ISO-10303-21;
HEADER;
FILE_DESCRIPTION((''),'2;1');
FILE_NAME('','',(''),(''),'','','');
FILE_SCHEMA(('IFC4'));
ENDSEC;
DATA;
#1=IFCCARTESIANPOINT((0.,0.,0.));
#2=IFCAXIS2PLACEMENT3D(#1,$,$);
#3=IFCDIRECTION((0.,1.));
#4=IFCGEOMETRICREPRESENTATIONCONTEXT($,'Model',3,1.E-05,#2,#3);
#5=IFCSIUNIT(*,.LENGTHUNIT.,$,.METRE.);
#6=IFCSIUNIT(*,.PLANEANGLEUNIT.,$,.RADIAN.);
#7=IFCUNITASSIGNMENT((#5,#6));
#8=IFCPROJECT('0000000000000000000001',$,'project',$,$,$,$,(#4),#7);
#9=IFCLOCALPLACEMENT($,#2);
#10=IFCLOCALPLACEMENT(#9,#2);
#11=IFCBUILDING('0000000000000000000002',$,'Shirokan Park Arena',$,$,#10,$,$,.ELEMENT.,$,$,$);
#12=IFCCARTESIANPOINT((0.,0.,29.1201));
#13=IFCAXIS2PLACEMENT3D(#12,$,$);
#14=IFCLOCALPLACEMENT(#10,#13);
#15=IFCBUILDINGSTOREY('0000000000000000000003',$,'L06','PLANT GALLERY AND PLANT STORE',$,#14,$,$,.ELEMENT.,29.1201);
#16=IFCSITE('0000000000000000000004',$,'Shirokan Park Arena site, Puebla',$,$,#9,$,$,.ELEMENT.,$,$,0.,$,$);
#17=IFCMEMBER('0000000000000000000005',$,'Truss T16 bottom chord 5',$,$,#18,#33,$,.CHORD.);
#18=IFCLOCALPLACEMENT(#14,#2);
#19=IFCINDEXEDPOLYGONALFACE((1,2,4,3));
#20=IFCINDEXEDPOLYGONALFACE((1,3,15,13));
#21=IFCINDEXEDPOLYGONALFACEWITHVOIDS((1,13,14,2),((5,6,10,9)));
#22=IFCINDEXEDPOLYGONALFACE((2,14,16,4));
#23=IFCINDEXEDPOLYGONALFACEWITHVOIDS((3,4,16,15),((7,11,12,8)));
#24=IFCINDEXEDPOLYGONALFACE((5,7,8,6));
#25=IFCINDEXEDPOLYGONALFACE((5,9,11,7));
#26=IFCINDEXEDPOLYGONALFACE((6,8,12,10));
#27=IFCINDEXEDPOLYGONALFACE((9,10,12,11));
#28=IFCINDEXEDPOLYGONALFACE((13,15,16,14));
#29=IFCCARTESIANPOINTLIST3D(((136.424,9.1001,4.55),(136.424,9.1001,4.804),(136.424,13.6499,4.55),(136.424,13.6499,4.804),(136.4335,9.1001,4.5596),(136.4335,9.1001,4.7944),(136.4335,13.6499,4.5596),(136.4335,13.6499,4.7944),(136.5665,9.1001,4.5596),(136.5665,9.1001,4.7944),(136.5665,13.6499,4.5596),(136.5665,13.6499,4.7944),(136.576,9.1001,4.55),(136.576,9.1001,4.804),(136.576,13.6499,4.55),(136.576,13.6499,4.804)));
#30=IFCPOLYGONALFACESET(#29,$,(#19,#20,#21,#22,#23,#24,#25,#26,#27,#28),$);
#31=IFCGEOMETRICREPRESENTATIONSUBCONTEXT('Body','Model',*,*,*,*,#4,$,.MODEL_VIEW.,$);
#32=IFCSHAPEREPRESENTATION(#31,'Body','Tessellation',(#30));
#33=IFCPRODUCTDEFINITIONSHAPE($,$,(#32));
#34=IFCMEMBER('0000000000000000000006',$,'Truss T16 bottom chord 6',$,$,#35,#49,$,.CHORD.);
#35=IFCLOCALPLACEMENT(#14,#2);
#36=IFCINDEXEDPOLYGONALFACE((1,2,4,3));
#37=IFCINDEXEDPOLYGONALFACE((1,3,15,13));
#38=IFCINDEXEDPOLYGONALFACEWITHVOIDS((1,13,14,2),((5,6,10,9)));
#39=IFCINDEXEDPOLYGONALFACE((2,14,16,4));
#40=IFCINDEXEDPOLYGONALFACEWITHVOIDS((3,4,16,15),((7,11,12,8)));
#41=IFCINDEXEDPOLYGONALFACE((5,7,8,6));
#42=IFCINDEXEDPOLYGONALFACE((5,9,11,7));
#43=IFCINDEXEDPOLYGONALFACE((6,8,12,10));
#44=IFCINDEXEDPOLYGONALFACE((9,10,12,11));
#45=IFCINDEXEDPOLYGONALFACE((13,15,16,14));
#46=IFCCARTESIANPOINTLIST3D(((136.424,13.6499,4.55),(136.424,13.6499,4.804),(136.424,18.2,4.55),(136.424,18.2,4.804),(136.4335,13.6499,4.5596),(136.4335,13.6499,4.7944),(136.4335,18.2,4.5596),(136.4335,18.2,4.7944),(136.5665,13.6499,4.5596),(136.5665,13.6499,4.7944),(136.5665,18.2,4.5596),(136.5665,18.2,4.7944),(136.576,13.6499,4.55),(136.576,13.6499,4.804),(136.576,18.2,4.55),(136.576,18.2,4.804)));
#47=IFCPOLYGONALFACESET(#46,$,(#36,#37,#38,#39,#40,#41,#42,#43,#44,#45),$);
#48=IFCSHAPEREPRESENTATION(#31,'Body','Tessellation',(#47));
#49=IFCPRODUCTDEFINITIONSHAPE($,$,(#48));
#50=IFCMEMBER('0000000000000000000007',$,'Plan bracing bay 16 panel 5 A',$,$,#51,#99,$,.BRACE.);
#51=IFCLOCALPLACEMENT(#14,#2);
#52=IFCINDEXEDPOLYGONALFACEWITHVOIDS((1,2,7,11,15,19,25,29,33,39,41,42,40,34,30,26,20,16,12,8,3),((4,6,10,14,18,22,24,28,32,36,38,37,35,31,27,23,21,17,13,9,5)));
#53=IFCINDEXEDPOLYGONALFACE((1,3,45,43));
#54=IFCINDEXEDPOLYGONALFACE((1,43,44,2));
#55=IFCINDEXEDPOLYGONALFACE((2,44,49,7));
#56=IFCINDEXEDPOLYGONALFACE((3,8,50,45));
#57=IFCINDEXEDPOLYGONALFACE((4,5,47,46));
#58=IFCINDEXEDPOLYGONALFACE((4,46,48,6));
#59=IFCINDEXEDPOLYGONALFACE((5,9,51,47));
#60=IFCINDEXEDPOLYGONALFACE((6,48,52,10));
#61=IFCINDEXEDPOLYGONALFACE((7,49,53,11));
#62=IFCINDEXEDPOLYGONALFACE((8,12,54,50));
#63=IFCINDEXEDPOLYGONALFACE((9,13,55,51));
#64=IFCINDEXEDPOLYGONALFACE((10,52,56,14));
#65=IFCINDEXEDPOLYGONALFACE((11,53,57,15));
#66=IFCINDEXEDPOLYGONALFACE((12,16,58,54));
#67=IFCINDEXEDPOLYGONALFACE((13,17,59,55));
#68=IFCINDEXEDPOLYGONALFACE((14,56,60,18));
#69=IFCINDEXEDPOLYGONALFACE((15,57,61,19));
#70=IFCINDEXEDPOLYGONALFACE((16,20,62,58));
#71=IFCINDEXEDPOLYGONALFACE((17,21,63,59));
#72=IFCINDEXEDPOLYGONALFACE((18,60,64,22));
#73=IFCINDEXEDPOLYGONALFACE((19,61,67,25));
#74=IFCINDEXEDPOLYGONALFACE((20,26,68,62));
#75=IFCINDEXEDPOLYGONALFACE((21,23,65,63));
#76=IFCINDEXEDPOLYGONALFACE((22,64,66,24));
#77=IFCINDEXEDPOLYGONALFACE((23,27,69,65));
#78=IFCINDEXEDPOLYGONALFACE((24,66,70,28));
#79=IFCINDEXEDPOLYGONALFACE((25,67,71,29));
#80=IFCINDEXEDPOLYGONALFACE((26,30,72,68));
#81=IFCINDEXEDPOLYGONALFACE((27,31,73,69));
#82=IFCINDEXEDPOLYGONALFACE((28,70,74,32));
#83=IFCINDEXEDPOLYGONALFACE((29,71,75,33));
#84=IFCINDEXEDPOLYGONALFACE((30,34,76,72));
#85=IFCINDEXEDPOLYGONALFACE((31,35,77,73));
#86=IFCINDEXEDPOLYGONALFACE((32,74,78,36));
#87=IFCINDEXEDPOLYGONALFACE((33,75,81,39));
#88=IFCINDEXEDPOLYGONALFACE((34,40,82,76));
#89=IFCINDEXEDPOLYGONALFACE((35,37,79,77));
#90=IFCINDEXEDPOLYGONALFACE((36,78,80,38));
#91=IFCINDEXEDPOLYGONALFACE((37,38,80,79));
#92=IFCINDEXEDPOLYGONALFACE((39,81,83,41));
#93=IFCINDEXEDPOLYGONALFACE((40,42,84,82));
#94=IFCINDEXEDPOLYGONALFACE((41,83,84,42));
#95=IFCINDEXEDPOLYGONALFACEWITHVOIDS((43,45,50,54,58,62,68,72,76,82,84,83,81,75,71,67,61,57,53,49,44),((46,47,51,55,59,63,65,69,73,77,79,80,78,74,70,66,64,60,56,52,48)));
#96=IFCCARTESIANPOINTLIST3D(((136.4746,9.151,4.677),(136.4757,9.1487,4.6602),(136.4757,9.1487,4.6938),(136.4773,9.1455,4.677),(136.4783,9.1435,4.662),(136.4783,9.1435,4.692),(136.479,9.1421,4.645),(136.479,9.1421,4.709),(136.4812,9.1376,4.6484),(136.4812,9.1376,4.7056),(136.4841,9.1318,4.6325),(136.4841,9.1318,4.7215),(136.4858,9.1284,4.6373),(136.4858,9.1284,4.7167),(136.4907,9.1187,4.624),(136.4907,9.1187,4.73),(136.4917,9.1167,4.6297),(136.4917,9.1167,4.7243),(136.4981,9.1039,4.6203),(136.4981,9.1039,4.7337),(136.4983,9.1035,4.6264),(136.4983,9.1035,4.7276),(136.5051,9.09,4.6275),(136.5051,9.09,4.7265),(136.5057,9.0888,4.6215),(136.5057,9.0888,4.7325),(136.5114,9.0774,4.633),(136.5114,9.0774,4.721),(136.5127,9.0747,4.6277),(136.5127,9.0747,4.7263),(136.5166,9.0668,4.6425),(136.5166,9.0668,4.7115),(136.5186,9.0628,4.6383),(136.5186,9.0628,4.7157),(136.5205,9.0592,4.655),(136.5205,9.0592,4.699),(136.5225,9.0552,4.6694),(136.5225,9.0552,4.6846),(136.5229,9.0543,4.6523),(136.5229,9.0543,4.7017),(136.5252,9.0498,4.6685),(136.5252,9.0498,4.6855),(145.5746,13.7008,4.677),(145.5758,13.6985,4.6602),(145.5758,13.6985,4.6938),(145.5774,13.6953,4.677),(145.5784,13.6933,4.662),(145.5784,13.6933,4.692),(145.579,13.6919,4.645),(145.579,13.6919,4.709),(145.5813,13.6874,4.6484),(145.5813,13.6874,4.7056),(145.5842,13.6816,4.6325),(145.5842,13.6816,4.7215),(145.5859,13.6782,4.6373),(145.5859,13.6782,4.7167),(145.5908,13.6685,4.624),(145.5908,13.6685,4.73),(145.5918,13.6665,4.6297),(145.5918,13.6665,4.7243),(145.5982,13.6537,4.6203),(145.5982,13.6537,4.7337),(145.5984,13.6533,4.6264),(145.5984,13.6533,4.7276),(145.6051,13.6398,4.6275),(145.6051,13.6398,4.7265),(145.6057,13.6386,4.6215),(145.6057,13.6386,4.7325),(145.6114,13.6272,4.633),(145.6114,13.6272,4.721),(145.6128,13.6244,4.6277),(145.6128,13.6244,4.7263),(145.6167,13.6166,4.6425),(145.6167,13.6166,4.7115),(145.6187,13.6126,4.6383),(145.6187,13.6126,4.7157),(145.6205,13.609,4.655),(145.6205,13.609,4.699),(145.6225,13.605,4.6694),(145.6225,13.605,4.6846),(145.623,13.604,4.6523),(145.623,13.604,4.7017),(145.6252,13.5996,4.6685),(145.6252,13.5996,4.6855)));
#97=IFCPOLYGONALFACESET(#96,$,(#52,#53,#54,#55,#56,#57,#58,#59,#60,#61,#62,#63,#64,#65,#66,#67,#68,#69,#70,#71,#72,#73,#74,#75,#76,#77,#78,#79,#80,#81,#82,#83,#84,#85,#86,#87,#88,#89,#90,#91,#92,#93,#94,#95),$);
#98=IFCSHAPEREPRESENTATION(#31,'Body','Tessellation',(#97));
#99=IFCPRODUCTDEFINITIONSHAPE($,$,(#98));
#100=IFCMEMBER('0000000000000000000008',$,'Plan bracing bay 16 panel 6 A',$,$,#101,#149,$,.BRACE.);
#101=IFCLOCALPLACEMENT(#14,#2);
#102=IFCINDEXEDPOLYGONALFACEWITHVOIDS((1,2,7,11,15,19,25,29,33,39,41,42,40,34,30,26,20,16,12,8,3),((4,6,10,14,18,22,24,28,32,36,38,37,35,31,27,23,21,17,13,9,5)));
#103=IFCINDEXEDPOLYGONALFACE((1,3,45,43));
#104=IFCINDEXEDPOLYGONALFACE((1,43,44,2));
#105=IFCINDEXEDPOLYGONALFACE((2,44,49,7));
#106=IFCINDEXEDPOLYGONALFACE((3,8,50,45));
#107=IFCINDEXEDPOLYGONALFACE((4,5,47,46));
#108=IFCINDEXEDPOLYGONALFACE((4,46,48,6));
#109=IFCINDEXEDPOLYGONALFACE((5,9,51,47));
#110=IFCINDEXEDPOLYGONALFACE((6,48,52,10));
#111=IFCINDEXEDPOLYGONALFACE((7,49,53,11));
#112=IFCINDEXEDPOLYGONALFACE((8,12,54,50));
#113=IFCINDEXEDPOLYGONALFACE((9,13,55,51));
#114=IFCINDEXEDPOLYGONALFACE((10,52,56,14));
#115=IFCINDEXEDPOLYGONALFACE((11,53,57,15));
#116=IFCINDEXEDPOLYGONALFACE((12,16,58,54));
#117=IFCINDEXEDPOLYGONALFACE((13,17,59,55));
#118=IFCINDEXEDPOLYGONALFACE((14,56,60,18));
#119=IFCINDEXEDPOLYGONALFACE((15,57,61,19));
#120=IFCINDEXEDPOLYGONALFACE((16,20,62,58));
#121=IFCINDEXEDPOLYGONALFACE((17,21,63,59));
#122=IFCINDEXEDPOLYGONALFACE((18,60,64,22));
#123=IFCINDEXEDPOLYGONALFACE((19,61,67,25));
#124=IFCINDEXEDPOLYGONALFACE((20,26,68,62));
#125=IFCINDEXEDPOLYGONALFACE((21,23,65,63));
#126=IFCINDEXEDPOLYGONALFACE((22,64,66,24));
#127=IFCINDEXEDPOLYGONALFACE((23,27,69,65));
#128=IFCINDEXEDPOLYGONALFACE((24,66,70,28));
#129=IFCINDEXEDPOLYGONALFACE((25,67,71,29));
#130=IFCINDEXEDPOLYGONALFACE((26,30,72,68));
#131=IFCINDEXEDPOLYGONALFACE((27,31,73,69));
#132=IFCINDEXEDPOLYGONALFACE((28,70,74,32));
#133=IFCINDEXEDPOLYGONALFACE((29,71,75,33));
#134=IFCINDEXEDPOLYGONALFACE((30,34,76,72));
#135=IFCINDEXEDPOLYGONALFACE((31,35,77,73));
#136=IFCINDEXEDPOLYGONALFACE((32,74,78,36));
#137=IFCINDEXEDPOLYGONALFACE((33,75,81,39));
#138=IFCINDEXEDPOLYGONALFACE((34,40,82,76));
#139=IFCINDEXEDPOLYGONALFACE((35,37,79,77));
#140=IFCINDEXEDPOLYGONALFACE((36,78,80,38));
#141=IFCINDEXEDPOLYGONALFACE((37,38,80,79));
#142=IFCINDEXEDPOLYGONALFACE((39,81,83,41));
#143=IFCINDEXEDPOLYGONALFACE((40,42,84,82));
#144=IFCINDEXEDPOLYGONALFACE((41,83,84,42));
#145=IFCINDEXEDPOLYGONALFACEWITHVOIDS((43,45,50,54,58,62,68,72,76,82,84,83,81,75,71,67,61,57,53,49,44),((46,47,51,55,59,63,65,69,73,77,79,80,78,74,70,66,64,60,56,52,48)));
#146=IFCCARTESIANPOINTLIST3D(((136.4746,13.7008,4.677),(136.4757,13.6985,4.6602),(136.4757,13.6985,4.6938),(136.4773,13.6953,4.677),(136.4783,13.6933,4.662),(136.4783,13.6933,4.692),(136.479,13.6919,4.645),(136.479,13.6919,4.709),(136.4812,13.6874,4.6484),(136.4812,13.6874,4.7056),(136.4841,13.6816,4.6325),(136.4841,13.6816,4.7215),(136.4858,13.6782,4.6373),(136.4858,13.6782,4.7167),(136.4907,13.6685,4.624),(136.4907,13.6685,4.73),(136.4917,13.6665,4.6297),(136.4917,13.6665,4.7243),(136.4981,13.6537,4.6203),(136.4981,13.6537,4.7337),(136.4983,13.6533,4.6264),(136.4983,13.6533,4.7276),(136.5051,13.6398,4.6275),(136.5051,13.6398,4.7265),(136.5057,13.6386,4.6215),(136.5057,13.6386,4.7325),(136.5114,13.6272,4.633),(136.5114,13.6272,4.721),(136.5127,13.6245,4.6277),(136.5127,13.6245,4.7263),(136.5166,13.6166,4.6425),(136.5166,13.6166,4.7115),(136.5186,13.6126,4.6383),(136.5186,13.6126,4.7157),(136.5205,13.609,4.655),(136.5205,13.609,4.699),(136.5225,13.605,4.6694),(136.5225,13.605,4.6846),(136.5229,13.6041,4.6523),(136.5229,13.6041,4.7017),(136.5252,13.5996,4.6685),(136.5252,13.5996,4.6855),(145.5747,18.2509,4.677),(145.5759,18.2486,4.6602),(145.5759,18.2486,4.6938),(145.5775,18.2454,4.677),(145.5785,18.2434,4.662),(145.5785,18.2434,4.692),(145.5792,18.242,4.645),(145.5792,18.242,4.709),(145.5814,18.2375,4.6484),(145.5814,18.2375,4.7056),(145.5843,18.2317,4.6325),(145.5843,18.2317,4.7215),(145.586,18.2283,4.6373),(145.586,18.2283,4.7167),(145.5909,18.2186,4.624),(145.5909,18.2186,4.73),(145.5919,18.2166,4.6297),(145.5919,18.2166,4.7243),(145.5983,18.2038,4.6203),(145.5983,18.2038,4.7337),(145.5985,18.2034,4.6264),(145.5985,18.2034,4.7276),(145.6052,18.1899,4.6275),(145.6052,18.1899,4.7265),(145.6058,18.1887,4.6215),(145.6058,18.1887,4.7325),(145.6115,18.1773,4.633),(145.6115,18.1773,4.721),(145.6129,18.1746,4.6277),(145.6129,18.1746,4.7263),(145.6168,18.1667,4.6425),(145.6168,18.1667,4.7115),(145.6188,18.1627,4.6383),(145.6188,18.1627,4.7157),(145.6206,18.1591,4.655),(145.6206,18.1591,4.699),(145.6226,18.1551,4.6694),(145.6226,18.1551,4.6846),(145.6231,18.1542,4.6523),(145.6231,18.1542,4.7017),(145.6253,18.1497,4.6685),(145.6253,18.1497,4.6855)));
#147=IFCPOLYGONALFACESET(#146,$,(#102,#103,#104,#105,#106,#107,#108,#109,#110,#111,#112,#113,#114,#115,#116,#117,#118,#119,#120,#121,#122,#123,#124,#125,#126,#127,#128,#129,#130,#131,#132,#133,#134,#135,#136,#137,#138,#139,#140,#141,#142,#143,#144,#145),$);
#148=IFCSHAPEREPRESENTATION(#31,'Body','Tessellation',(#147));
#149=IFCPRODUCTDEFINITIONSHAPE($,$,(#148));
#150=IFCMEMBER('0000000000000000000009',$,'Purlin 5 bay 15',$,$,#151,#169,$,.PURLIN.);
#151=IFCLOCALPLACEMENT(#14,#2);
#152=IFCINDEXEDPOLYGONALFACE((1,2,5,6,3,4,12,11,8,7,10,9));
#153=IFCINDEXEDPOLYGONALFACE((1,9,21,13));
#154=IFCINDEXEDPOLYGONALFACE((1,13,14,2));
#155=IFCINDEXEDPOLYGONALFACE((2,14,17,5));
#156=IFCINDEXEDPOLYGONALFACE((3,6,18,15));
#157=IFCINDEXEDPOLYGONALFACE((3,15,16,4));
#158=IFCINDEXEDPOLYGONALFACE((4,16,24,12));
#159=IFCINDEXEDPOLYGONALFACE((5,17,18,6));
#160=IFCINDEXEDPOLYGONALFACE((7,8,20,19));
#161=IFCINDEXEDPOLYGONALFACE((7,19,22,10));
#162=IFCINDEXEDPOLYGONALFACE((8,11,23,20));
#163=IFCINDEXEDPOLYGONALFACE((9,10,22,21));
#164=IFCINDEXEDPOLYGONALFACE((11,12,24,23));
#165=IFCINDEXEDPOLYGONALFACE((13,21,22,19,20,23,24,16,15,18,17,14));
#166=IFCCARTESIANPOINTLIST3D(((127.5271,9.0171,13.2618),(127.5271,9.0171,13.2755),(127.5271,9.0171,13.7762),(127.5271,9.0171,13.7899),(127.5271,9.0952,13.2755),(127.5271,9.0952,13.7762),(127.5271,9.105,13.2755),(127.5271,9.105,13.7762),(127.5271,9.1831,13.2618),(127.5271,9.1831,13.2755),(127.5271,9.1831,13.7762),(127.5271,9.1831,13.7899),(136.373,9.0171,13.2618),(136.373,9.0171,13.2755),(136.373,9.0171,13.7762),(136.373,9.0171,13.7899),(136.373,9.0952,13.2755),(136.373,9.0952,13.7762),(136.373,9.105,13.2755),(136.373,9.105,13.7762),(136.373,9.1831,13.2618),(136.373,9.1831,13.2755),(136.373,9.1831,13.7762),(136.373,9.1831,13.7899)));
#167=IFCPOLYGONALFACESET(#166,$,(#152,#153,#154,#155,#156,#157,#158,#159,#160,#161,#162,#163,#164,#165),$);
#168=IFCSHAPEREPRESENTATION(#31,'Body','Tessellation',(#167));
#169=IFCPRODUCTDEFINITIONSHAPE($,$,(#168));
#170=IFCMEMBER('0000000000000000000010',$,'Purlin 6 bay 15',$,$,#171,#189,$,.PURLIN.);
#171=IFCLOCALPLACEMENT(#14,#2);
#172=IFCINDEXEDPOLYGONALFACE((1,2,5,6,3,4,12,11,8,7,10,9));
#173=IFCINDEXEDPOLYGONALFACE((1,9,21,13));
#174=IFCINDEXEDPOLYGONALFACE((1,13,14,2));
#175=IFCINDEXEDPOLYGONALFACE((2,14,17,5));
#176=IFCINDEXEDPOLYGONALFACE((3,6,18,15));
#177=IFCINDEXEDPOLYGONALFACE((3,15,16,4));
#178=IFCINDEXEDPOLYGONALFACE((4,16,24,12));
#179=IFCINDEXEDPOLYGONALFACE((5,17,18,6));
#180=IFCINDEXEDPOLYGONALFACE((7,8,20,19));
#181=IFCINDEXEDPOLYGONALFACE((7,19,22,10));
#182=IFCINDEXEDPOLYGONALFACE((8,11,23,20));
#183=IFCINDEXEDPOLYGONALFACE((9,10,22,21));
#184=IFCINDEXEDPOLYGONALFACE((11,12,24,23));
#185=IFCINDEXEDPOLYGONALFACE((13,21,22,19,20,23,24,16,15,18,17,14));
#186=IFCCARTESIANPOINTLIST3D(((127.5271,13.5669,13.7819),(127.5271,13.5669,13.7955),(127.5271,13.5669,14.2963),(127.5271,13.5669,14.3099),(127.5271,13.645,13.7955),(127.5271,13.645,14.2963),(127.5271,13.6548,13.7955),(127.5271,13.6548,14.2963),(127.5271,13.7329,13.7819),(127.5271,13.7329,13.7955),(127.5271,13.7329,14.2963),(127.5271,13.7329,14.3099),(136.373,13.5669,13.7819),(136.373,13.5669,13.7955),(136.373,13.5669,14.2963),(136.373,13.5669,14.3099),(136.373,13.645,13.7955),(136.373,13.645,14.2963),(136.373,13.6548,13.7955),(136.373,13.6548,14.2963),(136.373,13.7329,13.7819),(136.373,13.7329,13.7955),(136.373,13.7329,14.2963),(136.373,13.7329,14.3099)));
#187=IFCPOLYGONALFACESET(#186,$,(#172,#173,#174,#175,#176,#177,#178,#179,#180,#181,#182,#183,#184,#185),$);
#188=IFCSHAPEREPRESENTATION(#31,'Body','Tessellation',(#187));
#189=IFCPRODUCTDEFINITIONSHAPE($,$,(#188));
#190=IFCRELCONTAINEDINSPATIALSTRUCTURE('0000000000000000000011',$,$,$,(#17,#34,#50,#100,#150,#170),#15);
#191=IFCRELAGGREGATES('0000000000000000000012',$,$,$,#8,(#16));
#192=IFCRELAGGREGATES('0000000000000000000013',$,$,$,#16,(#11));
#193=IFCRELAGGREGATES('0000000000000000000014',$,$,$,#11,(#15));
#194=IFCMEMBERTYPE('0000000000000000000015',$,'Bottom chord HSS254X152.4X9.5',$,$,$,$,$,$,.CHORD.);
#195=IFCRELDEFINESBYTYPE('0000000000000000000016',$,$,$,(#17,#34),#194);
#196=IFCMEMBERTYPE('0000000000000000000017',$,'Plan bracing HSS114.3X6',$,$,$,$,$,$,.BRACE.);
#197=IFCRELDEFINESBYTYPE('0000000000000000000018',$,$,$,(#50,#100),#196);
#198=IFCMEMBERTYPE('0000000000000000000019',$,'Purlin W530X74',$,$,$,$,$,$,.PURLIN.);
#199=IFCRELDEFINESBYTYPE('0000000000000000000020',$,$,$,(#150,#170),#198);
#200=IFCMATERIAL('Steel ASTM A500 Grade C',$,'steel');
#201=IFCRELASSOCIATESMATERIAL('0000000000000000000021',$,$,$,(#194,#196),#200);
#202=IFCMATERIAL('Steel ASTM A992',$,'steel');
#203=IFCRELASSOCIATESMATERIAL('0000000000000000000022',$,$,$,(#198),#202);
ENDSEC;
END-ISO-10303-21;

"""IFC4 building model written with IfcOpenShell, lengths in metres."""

from ifc_helpers import new_model, si_unit, direction, frame, origin, origin_2d, place, context, subcontext, project, spatial, hollow_rectangle, hollow_circle, i_section, extrude, material, material_profile, profile_set, type_object, element, save


model = new_model("IFC4")

# Units and contexts
model_context = context("Model", 3, precision=1e-05, world=origin(), true_north=direction((0.0, 1.0)))
body_context = subcontext(model_context, "Body", "Model", "MODEL_VIEW")
ifc_project = project(units=[si_unit("LENGTHUNIT", "METRE"), si_unit("PLANEANGLEUNIT", "RADIAN")], contexts=[model_context])

# Site, building, storey
site_placement = place(None, origin())
site = spatial("IfcSite", under=ifc_project, at=site_placement, Name="Shirokan Park Arena site, Puebla", CompositionType="ELEMENT", RefElevation=0.0)
building_placement = place(site_placement, origin())
building = spatial("IfcBuilding", under=site, at=building_placement, Name="Shirokan Park Arena", CompositionType="ELEMENT")
storey_placement = place(building_placement, frame((0.0, 0.0, 29.1201)))
storey = spatial("IfcBuildingStorey", under=building, at=storey_placement, Name="L06", Description="PLANT GALLERY AND PLANT STORE", CompositionType="ELEMENT", Elevation=29.1201)

# Members
ifc_material_1 = material(Name="Steel ASTM A500 Grade C", Category="steel")
ifc_material_profile_1 = material_profile(ifc_material_1, hollow_rectangle(XDim=0.1521, YDim=0.2539, WallThickness=0.0095, at=origin_2d()), Name="HSS254X152.4X9.5")
ifc_profile_set_1 = profile_set([ifc_material_profile_1], Name="Steel ASTM A500 Grade C")
member_type_1 = type_object("IfcMemberType", Name="Bottom chord HSS254X152.4X9.5", PredefinedType="CHORD", material=ifc_profile_set_1)
member_1_placement = place(storey_placement, frame((136.5, 9.1001, 4.677), z_axis=(0.0, 1.0, 0.0), x_axis=(-1.0, 0.0, 0.0)))
element("IfcMember", 1, at=member_1_placement, inside=storey, type_object=member_type_1, Name="Truss T16 bottom chord 5", PredefinedType="CHORD", context=body_context, shape_type="SweptSolid", body=[
    extrude(hollow_rectangle(XDim=0.1521, YDim=0.2539, WallThickness=0.0095, at=origin_2d()), origin(), (0.0, 0.0, 1.0), 4.5498),
])
member_2_placement = place(storey_placement, frame((136.5, 13.6499, 4.677), z_axis=(0.0, 1.0, 0.0), x_axis=(-1.0, 0.0, 0.0)))
element("IfcMember", 2, at=member_2_placement, inside=storey, type_object=member_type_1, Name="Truss T16 bottom chord 6", PredefinedType="CHORD", context=body_context, shape_type="SweptSolid", body=[
    extrude(hollow_rectangle(XDim=0.1521, YDim=0.2539, WallThickness=0.0095, at=origin_2d()), origin(), (0.0, 0.0, 1.0), 4.55),
])
ifc_material_profile_2 = material_profile(ifc_material_1, hollow_circle(Radius=0.0569, WallThickness=0.0061, at=origin_2d()), Name="HSS114.3X6")
ifc_profile_set_2 = profile_set([ifc_material_profile_2], Name="Steel ASTM A500 Grade C")
member_type_2 = type_object("IfcMemberType", Name="Plan bracing HSS114.3X6", PredefinedType="BRACE", material=ifc_profile_set_2)
member_3_placement = place(storey_placement, frame((136.5, 9.1001, 4.677), z_axis=(0.894437, 0.447194, 0.0), x_axis=(-0.447194, 0.894437, 0.0)))
element("IfcMember", 3, at=member_3_placement, inside=storey, type_object=member_type_2, Name="Plan bracing bay 16 panel 5 A", PredefinedType="BRACE", context=body_context, shape_type="SweptSolid", body=[
    extrude(hollow_circle(Radius=0.0569, WallThickness=0.0061, at=origin_2d()), origin(), (0.0, 0.0, 1.0), 10.1741),
])
member_4_placement = place(storey_placement, frame((136.5, 13.6499, 4.677), z_axis=(0.894427, 0.447214, 0.0), x_axis=(-0.447214, 0.894427, 0.0)))
element("IfcMember", 4, at=member_4_placement, inside=storey, type_object=member_type_2, Name="Plan bracing bay 16 panel 6 A", PredefinedType="BRACE", context=body_context, shape_type="SweptSolid", body=[
    extrude(hollow_circle(Radius=0.0569, WallThickness=0.0061, at=origin_2d()), origin(), (0.0, 0.0, 1.0), 10.1743),
])
ifc_material_2 = material(Name="Steel ASTM A992", Category="steel")
ifc_material_profile_3 = material_profile(ifc_material_2, i_section(OverallWidth=0.166, OverallDepth=0.5281, WebThickness=0.0098, FlangeThickness=0.0137, at=origin_2d()), Name="W530X74")
ifc_profile_set_3 = profile_set([ifc_material_profile_3], Name="Steel ASTM A992")
member_type_3 = type_object("IfcMemberType", Name="Purlin W530X74", PredefinedType="PURLIN", material=ifc_profile_set_3)
for number, where, z_axis, x_axis, name in (
    (5, (127.5271, 9.1001, 13.5259), (1.0, 0.0, 0.0), (0.0, 1.0, 0.0), "Purlin 5 bay 15"),
    (6, (127.5271, 13.6499, 14.0459), (1.0, 0.0, 0.0), (0.0, 1.0, 0.0), "Purlin 6 bay 15"),
):
    element("IfcMember", number, at=place(storey_placement, frame(where, z_axis=z_axis, x_axis=x_axis)), inside=storey, type_object=member_type_3, Name=name, PredefinedType="PURLIN", context=body_context, shape_type="SweptSolid", body=[
        extrude(i_section(OverallWidth=0.166, OverallDepth=0.5281, WebThickness=0.0098, FlangeThickness=0.0137, at=origin_2d()), origin(), (0.0, 0.0, 1.0), 8.8459),
    ])

save(model, "model.ifc")
